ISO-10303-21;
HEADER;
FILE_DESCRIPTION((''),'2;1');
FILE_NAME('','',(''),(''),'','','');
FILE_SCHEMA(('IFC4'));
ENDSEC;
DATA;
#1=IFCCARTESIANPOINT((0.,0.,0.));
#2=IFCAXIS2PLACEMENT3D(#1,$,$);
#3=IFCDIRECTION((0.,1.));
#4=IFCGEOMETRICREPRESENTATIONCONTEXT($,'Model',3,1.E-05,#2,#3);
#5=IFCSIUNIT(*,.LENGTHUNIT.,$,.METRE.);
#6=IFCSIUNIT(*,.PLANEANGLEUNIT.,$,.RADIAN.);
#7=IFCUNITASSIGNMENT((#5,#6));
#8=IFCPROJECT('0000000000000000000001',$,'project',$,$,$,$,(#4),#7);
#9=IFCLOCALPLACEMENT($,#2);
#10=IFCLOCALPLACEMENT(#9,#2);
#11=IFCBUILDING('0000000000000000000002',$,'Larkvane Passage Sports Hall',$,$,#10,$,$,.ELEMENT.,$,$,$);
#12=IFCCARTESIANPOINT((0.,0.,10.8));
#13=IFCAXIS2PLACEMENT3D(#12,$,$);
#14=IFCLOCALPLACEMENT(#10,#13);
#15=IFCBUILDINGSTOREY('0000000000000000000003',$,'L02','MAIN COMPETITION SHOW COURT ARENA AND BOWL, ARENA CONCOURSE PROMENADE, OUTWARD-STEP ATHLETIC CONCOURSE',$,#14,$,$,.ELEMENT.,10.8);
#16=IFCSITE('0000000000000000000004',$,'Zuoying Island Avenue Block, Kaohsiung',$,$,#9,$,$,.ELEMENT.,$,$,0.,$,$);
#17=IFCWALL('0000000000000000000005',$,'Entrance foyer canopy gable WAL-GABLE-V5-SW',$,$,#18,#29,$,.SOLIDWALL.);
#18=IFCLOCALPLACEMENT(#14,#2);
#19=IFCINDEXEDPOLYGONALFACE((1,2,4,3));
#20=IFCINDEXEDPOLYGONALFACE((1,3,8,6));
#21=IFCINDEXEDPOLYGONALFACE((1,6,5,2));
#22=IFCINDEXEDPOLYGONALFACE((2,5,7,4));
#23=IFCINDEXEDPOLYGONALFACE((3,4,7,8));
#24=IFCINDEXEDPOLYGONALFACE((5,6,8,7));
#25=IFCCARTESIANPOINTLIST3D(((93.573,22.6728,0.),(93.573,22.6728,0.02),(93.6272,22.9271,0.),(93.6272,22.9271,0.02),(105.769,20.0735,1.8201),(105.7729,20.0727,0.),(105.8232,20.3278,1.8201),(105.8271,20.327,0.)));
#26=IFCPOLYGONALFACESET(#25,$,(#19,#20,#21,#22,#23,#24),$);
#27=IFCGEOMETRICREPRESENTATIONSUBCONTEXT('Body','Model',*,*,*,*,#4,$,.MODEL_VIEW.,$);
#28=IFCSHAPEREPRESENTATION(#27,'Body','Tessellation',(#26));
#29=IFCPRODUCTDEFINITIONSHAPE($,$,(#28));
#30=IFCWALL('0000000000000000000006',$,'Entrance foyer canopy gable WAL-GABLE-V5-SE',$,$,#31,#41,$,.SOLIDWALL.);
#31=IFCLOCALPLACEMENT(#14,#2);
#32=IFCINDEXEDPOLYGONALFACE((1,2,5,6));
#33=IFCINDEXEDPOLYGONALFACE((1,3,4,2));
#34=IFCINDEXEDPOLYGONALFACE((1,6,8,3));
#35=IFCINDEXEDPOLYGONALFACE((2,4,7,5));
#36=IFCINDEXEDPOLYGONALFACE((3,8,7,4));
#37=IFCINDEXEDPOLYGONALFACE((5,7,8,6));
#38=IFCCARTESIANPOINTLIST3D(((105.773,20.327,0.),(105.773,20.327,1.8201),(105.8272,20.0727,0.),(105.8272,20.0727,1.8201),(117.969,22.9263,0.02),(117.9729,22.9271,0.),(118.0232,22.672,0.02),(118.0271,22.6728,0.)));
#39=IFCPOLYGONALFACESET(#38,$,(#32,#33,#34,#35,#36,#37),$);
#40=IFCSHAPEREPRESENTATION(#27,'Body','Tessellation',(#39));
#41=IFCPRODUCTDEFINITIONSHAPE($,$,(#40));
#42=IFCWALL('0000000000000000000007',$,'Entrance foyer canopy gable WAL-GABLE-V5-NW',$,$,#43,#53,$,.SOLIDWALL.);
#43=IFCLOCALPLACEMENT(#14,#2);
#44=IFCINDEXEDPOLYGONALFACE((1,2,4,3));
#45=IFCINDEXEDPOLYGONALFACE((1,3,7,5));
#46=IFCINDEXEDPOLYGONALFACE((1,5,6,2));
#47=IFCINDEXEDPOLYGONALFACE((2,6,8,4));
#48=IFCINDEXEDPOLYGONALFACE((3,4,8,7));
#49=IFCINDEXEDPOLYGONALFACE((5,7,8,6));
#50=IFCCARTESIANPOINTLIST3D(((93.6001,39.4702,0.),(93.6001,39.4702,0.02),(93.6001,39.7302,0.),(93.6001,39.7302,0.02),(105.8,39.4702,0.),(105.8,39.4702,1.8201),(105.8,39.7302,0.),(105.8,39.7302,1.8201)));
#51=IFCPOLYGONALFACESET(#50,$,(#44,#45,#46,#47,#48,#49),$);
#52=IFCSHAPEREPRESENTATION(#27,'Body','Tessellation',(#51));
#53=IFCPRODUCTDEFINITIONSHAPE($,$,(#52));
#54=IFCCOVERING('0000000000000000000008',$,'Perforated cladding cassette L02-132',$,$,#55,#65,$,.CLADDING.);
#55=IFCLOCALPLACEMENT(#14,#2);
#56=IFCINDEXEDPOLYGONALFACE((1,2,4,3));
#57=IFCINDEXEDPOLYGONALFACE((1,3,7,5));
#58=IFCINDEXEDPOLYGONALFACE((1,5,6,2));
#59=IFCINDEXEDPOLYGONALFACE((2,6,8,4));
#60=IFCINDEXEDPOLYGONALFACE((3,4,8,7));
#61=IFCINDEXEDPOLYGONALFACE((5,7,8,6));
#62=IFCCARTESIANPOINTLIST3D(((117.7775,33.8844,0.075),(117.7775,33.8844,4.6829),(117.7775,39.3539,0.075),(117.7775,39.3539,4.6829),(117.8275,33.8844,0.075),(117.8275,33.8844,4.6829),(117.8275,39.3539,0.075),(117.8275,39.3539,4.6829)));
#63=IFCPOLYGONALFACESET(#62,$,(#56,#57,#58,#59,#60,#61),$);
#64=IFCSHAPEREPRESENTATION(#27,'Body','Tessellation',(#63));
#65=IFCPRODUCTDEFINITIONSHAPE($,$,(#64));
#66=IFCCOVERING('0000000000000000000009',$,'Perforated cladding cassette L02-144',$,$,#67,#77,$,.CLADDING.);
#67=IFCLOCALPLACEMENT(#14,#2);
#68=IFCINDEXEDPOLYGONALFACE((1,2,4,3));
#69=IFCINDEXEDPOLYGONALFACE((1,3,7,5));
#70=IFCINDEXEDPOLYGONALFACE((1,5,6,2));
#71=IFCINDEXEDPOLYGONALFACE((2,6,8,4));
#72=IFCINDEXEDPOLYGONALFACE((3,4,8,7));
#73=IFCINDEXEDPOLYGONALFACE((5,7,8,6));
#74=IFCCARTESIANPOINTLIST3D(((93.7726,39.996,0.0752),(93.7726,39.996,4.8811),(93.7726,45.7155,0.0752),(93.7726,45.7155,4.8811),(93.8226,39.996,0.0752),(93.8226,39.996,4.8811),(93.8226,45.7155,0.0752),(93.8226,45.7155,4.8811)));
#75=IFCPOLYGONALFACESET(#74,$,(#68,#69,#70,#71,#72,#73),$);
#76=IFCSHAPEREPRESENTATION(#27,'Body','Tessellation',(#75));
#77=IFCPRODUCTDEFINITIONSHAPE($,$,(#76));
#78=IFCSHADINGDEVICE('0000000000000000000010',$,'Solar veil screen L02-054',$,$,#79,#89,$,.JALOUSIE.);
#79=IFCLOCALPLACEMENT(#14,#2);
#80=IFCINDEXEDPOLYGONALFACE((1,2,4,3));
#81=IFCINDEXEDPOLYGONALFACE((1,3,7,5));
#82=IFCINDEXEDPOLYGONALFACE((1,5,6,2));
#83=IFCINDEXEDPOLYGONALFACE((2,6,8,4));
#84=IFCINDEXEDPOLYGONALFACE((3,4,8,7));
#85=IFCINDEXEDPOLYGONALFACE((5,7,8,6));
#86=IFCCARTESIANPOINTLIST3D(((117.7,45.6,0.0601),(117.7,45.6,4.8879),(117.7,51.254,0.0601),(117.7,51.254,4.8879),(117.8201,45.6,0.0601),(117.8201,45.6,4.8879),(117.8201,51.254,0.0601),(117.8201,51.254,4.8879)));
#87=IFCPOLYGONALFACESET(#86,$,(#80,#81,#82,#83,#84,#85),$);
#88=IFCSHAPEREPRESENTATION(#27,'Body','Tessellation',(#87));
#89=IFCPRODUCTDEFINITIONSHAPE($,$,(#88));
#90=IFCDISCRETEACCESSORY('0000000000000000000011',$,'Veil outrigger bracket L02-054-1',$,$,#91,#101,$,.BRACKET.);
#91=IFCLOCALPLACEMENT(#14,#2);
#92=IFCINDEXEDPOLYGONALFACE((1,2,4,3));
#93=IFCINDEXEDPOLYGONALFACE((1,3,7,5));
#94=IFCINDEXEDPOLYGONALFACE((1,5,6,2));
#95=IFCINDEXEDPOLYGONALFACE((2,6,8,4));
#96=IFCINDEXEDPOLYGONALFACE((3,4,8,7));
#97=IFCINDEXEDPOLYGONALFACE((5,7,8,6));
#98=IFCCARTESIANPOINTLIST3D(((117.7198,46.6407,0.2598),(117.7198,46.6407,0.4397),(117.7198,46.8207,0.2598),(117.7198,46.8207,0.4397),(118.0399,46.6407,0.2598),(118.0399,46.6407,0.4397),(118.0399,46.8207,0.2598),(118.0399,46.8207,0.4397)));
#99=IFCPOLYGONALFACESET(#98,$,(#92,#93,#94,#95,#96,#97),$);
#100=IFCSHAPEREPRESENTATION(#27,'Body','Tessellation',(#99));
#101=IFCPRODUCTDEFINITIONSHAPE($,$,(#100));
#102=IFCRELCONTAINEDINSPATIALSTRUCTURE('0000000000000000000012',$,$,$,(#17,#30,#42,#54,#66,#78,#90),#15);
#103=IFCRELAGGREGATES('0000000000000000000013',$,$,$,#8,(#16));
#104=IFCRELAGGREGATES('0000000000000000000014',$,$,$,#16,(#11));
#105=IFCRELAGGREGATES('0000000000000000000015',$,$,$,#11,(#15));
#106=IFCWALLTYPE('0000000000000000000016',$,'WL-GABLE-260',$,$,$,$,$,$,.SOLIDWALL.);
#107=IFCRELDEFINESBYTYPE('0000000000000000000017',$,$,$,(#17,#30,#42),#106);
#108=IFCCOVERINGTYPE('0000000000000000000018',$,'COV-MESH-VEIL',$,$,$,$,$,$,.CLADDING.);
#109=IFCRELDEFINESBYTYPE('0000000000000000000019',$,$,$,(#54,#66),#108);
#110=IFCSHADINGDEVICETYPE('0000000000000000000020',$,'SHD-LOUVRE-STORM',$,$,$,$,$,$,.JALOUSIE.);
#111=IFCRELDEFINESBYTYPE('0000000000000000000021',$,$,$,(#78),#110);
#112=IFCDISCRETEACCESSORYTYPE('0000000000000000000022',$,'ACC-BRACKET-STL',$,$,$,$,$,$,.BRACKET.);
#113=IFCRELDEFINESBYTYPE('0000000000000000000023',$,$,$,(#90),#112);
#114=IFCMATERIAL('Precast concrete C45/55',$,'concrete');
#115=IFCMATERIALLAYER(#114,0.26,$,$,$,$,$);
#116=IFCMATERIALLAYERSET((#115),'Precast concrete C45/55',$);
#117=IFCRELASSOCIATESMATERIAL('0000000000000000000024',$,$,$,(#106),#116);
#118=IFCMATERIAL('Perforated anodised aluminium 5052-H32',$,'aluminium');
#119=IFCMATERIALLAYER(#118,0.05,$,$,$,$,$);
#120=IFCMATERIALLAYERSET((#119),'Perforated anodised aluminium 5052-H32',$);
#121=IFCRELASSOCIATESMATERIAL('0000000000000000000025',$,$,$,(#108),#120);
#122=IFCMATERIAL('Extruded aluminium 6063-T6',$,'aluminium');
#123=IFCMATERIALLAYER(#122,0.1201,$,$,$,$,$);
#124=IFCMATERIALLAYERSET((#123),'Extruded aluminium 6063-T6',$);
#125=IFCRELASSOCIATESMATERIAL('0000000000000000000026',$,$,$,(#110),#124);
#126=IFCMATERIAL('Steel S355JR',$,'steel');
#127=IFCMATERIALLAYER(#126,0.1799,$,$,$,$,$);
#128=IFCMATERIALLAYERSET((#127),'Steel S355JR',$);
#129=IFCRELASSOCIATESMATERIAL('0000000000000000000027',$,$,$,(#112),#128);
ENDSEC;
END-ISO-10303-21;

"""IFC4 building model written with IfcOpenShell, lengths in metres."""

from ifc_helpers import new_model, si_unit, direction, frame, origin, origin_2d, place, context, subcontext, project, spatial, polyline, rectangle, outline, extrude, material, layer, layer_set, type_object, element, save


model = new_model("IFC4")

# Units and contexts
model_context = context("Model", 3, precision=1e-05, world=origin(), true_north=direction((0.0, 1.0)))
body_context = subcontext(model_context, "Body", "Model", "MODEL_VIEW")
ifc_project = project(units=[si_unit("LENGTHUNIT", "METRE"), si_unit("PLANEANGLEUNIT", "RADIAN")], contexts=[model_context])

# Site, building, storey
site_placement = place(None, origin())
site = spatial("IfcSite", under=ifc_project, at=site_placement, Name="Zuoying Island Avenue Block, Kaohsiung", CompositionType="ELEMENT", RefElevation=0.0)
building_placement = place(site_placement, origin())
building = spatial("IfcBuilding", under=site, at=building_placement, Name="Larkvane Passage Sports Hall", CompositionType="ELEMENT")
storey_placement = place(building_placement, frame((0.0, 0.0, 10.8)))
storey = spatial("IfcBuildingStorey", under=building, at=storey_placement, Name="L02", Description="MAIN COMPETITION SHOW COURT ARENA AND BOWL, ARENA CONCOURSE PROMENADE, OUTWARD-STEP ATHLETIC CONCOURSE", CompositionType="ELEMENT", Elevation=10.8)

# Shared definitions
ifc_material_1 = material(Name="Steel S355JR", Category="steel")

# Shared definitions
ifc_material_2 = material(Name="Precast concrete C45/55", Category="concrete")

# Walls
ifc_layer_1 = layer(ifc_material_2, 0.26)
ifc_layer_set_1 = layer_set([ifc_layer_1], Name="Precast concrete C45/55")
wall_type_1 = type_object("IfcWallType", Name="WL-GABLE-260", PredefinedType="SOLIDWALL", material=ifc_layer_set_1)
wall_1_placement = place(storey_placement, frame((93.6001, 22.8, 0.0), z_axis=(0.0, 0.0, 1.0), x_axis=(0.978035, -0.208442, 0.0)))
element("IfcWall", 1, at=wall_1_placement, inside=storey, type_object=wall_type_1, Name="Entrance foyer canopy gable WAL-GABLE-V5-SW", PredefinedType="SOLIDWALL", context=body_context, shape_type="SweptSolid", body=[
    extrude(outline(polyline([(0.0, 0.0), (12.4739, 0.0), (12.47, 1.8201), (0.0, 0.02), (0.0, 0.0)])), frame((0.0, 0.1299, 0.0), z_axis=(0.0, -1.0, 0.0), x_axis=(1.0, 0.0, 0.0)), (0.0, 0.0, 1.0), 0.26),
])
wall_2_placement = place(storey_placement, frame((105.8, 20.2, 0.0), z_axis=(0.0, 0.0, 1.0), x_axis=(0.978035, 0.208442, 0.0)))
element("IfcWall", 2, at=wall_2_placement, inside=storey, type_object=wall_type_1, Name="Entrance foyer canopy gable WAL-GABLE-V5-SE", PredefinedType="SOLIDWALL", context=body_context, shape_type="SweptSolid", body=[
    extrude(outline(polyline([(0.0, 0.0), (12.4739, 0.0), (12.47, 0.02), (0.0, 1.8201), (0.0, 0.0)])), frame((0.0, 0.1299, 0.0), z_axis=(0.0, -1.0, 0.0), x_axis=(1.0, 0.0, 0.0)), (0.0, 0.0, 1.0), 0.26),
])
wall_3_placement = place(storey_placement, frame((105.8, 39.6001, 0.0), z_axis=(0.0, 0.0, 1.0), x_axis=(-1.0, 0.0, 0.0)))
element("IfcWall", 3, at=wall_3_placement, inside=storey, type_object=wall_type_1, Name="Entrance foyer canopy gable WAL-GABLE-V5-NW", PredefinedType="SOLIDWALL", context=body_context, shape_type="SweptSolid", body=[
    extrude(outline(polyline([(0.0, 0.0), (12.2, 0.0), (12.2, 0.02), (0.0, 1.8201), (0.0, 0.0)])), frame((0.0, 0.1299, 0.0), z_axis=(0.0, -1.0, 0.0), x_axis=(1.0, 0.0, 0.0)), (0.0, 0.0, 1.0), 0.26),
])

# Coverings
ifc_material_3 = material(Name="Perforated anodised aluminium 5052-H32", Category="aluminium")
ifc_layer_2 = layer(ifc_material_3, 0.05)
ifc_layer_set_2 = layer_set([ifc_layer_2], Name="Perforated anodised aluminium 5052-H32")
covering_type = type_object("IfcCoveringType", Name="COV-MESH-VEIL", PredefinedType="CLADDING", material=ifc_layer_set_2)
covering_1_placement = place(storey_placement, frame((117.8025, 36.6191, 0.075), z_axis=(0.0, 0.0, 1.0), x_axis=(0.0, 1.0, 0.0)))
element("IfcCovering", 4, at=covering_1_placement, inside=storey, type_object=covering_type, Name="Perforated cladding cassette L02-132", PredefinedType="CLADDING", context=body_context, shape_type="SweptSolid", body=[
    extrude(rectangle(XDim=5.4695, YDim=0.05, at=origin_2d()), origin(), (0.0, 0.0, 1.0), 4.6079),
])
covering_2_placement = place(storey_placement, frame((93.7976, 42.8557, 0.0752), z_axis=(0.0, 0.0, 1.0), x_axis=(0.0, -1.0, 0.0)))
element("IfcCovering", 5, at=covering_2_placement, inside=storey, type_object=covering_type, Name="Perforated cladding cassette L02-144", PredefinedType="CLADDING", context=body_context, shape_type="SweptSolid", body=[
    extrude(rectangle(XDim=5.7195, YDim=0.05, at=origin_2d()), origin(), (0.0, 0.0, 1.0), 4.8059),
])

# Shading device
ifc_material_4 = material(Name="Extruded aluminium 6063-T6", Category="aluminium")
ifc_layer_3 = layer(ifc_material_4, 0.1201)
ifc_layer_set_3 = layer_set([ifc_layer_3], Name="Extruded aluminium 6063-T6")
shading_device_type = type_object("IfcShadingDeviceType", Name="SHD-LOUVRE-STORM", PredefinedType="JALOUSIE", material=ifc_layer_set_3)
shading_device_placement = place(storey_placement, frame((117.76, 48.427, 0.0601), z_axis=(0.0, 0.0, 1.0), x_axis=(0.0, 1.0, 0.0)))
element("IfcShadingDevice", 6, at=shading_device_placement, inside=storey, type_object=shading_device_type, Name="Solar veil screen L02-054", PredefinedType="JALOUSIE", context=body_context, shape_type="SweptSolid", body=[
    extrude(rectangle(XDim=5.6541, YDim=0.1201, at=origin_2d()), origin(), (0.0, 0.0, 1.0), 4.8279),
])

# Discrete accessory
ifc_layer_4 = layer(ifc_material_1, 0.1799)
ifc_layer_set_4 = layer_set([ifc_layer_4], Name="Steel S355JR")
discrete_accessory_type = type_object("IfcDiscreteAccessoryType", Name="ACC-BRACKET-STL", PredefinedType="BRACKET", material=ifc_layer_set_4)
discrete_accessory_placement = place(storey_placement, frame((117.8799, 46.7307, 0.2598), z_axis=(0.0, 0.0, 1.0), x_axis=(0.0, 1.0, 0.0)))
element("IfcDiscreteAccessory", 7, at=discrete_accessory_placement, inside=storey, type_object=discrete_accessory_type, Name="Veil outrigger bracket L02-054-1", PredefinedType="BRACKET", context=body_context, shape_type="SweptSolid", body=[
    extrude(rectangle(XDim=0.1799, YDim=0.3201, at=origin_2d()), origin(), (0.0, 0.0, 1.0), 0.1799),
])

save(model, "model.ifc")
